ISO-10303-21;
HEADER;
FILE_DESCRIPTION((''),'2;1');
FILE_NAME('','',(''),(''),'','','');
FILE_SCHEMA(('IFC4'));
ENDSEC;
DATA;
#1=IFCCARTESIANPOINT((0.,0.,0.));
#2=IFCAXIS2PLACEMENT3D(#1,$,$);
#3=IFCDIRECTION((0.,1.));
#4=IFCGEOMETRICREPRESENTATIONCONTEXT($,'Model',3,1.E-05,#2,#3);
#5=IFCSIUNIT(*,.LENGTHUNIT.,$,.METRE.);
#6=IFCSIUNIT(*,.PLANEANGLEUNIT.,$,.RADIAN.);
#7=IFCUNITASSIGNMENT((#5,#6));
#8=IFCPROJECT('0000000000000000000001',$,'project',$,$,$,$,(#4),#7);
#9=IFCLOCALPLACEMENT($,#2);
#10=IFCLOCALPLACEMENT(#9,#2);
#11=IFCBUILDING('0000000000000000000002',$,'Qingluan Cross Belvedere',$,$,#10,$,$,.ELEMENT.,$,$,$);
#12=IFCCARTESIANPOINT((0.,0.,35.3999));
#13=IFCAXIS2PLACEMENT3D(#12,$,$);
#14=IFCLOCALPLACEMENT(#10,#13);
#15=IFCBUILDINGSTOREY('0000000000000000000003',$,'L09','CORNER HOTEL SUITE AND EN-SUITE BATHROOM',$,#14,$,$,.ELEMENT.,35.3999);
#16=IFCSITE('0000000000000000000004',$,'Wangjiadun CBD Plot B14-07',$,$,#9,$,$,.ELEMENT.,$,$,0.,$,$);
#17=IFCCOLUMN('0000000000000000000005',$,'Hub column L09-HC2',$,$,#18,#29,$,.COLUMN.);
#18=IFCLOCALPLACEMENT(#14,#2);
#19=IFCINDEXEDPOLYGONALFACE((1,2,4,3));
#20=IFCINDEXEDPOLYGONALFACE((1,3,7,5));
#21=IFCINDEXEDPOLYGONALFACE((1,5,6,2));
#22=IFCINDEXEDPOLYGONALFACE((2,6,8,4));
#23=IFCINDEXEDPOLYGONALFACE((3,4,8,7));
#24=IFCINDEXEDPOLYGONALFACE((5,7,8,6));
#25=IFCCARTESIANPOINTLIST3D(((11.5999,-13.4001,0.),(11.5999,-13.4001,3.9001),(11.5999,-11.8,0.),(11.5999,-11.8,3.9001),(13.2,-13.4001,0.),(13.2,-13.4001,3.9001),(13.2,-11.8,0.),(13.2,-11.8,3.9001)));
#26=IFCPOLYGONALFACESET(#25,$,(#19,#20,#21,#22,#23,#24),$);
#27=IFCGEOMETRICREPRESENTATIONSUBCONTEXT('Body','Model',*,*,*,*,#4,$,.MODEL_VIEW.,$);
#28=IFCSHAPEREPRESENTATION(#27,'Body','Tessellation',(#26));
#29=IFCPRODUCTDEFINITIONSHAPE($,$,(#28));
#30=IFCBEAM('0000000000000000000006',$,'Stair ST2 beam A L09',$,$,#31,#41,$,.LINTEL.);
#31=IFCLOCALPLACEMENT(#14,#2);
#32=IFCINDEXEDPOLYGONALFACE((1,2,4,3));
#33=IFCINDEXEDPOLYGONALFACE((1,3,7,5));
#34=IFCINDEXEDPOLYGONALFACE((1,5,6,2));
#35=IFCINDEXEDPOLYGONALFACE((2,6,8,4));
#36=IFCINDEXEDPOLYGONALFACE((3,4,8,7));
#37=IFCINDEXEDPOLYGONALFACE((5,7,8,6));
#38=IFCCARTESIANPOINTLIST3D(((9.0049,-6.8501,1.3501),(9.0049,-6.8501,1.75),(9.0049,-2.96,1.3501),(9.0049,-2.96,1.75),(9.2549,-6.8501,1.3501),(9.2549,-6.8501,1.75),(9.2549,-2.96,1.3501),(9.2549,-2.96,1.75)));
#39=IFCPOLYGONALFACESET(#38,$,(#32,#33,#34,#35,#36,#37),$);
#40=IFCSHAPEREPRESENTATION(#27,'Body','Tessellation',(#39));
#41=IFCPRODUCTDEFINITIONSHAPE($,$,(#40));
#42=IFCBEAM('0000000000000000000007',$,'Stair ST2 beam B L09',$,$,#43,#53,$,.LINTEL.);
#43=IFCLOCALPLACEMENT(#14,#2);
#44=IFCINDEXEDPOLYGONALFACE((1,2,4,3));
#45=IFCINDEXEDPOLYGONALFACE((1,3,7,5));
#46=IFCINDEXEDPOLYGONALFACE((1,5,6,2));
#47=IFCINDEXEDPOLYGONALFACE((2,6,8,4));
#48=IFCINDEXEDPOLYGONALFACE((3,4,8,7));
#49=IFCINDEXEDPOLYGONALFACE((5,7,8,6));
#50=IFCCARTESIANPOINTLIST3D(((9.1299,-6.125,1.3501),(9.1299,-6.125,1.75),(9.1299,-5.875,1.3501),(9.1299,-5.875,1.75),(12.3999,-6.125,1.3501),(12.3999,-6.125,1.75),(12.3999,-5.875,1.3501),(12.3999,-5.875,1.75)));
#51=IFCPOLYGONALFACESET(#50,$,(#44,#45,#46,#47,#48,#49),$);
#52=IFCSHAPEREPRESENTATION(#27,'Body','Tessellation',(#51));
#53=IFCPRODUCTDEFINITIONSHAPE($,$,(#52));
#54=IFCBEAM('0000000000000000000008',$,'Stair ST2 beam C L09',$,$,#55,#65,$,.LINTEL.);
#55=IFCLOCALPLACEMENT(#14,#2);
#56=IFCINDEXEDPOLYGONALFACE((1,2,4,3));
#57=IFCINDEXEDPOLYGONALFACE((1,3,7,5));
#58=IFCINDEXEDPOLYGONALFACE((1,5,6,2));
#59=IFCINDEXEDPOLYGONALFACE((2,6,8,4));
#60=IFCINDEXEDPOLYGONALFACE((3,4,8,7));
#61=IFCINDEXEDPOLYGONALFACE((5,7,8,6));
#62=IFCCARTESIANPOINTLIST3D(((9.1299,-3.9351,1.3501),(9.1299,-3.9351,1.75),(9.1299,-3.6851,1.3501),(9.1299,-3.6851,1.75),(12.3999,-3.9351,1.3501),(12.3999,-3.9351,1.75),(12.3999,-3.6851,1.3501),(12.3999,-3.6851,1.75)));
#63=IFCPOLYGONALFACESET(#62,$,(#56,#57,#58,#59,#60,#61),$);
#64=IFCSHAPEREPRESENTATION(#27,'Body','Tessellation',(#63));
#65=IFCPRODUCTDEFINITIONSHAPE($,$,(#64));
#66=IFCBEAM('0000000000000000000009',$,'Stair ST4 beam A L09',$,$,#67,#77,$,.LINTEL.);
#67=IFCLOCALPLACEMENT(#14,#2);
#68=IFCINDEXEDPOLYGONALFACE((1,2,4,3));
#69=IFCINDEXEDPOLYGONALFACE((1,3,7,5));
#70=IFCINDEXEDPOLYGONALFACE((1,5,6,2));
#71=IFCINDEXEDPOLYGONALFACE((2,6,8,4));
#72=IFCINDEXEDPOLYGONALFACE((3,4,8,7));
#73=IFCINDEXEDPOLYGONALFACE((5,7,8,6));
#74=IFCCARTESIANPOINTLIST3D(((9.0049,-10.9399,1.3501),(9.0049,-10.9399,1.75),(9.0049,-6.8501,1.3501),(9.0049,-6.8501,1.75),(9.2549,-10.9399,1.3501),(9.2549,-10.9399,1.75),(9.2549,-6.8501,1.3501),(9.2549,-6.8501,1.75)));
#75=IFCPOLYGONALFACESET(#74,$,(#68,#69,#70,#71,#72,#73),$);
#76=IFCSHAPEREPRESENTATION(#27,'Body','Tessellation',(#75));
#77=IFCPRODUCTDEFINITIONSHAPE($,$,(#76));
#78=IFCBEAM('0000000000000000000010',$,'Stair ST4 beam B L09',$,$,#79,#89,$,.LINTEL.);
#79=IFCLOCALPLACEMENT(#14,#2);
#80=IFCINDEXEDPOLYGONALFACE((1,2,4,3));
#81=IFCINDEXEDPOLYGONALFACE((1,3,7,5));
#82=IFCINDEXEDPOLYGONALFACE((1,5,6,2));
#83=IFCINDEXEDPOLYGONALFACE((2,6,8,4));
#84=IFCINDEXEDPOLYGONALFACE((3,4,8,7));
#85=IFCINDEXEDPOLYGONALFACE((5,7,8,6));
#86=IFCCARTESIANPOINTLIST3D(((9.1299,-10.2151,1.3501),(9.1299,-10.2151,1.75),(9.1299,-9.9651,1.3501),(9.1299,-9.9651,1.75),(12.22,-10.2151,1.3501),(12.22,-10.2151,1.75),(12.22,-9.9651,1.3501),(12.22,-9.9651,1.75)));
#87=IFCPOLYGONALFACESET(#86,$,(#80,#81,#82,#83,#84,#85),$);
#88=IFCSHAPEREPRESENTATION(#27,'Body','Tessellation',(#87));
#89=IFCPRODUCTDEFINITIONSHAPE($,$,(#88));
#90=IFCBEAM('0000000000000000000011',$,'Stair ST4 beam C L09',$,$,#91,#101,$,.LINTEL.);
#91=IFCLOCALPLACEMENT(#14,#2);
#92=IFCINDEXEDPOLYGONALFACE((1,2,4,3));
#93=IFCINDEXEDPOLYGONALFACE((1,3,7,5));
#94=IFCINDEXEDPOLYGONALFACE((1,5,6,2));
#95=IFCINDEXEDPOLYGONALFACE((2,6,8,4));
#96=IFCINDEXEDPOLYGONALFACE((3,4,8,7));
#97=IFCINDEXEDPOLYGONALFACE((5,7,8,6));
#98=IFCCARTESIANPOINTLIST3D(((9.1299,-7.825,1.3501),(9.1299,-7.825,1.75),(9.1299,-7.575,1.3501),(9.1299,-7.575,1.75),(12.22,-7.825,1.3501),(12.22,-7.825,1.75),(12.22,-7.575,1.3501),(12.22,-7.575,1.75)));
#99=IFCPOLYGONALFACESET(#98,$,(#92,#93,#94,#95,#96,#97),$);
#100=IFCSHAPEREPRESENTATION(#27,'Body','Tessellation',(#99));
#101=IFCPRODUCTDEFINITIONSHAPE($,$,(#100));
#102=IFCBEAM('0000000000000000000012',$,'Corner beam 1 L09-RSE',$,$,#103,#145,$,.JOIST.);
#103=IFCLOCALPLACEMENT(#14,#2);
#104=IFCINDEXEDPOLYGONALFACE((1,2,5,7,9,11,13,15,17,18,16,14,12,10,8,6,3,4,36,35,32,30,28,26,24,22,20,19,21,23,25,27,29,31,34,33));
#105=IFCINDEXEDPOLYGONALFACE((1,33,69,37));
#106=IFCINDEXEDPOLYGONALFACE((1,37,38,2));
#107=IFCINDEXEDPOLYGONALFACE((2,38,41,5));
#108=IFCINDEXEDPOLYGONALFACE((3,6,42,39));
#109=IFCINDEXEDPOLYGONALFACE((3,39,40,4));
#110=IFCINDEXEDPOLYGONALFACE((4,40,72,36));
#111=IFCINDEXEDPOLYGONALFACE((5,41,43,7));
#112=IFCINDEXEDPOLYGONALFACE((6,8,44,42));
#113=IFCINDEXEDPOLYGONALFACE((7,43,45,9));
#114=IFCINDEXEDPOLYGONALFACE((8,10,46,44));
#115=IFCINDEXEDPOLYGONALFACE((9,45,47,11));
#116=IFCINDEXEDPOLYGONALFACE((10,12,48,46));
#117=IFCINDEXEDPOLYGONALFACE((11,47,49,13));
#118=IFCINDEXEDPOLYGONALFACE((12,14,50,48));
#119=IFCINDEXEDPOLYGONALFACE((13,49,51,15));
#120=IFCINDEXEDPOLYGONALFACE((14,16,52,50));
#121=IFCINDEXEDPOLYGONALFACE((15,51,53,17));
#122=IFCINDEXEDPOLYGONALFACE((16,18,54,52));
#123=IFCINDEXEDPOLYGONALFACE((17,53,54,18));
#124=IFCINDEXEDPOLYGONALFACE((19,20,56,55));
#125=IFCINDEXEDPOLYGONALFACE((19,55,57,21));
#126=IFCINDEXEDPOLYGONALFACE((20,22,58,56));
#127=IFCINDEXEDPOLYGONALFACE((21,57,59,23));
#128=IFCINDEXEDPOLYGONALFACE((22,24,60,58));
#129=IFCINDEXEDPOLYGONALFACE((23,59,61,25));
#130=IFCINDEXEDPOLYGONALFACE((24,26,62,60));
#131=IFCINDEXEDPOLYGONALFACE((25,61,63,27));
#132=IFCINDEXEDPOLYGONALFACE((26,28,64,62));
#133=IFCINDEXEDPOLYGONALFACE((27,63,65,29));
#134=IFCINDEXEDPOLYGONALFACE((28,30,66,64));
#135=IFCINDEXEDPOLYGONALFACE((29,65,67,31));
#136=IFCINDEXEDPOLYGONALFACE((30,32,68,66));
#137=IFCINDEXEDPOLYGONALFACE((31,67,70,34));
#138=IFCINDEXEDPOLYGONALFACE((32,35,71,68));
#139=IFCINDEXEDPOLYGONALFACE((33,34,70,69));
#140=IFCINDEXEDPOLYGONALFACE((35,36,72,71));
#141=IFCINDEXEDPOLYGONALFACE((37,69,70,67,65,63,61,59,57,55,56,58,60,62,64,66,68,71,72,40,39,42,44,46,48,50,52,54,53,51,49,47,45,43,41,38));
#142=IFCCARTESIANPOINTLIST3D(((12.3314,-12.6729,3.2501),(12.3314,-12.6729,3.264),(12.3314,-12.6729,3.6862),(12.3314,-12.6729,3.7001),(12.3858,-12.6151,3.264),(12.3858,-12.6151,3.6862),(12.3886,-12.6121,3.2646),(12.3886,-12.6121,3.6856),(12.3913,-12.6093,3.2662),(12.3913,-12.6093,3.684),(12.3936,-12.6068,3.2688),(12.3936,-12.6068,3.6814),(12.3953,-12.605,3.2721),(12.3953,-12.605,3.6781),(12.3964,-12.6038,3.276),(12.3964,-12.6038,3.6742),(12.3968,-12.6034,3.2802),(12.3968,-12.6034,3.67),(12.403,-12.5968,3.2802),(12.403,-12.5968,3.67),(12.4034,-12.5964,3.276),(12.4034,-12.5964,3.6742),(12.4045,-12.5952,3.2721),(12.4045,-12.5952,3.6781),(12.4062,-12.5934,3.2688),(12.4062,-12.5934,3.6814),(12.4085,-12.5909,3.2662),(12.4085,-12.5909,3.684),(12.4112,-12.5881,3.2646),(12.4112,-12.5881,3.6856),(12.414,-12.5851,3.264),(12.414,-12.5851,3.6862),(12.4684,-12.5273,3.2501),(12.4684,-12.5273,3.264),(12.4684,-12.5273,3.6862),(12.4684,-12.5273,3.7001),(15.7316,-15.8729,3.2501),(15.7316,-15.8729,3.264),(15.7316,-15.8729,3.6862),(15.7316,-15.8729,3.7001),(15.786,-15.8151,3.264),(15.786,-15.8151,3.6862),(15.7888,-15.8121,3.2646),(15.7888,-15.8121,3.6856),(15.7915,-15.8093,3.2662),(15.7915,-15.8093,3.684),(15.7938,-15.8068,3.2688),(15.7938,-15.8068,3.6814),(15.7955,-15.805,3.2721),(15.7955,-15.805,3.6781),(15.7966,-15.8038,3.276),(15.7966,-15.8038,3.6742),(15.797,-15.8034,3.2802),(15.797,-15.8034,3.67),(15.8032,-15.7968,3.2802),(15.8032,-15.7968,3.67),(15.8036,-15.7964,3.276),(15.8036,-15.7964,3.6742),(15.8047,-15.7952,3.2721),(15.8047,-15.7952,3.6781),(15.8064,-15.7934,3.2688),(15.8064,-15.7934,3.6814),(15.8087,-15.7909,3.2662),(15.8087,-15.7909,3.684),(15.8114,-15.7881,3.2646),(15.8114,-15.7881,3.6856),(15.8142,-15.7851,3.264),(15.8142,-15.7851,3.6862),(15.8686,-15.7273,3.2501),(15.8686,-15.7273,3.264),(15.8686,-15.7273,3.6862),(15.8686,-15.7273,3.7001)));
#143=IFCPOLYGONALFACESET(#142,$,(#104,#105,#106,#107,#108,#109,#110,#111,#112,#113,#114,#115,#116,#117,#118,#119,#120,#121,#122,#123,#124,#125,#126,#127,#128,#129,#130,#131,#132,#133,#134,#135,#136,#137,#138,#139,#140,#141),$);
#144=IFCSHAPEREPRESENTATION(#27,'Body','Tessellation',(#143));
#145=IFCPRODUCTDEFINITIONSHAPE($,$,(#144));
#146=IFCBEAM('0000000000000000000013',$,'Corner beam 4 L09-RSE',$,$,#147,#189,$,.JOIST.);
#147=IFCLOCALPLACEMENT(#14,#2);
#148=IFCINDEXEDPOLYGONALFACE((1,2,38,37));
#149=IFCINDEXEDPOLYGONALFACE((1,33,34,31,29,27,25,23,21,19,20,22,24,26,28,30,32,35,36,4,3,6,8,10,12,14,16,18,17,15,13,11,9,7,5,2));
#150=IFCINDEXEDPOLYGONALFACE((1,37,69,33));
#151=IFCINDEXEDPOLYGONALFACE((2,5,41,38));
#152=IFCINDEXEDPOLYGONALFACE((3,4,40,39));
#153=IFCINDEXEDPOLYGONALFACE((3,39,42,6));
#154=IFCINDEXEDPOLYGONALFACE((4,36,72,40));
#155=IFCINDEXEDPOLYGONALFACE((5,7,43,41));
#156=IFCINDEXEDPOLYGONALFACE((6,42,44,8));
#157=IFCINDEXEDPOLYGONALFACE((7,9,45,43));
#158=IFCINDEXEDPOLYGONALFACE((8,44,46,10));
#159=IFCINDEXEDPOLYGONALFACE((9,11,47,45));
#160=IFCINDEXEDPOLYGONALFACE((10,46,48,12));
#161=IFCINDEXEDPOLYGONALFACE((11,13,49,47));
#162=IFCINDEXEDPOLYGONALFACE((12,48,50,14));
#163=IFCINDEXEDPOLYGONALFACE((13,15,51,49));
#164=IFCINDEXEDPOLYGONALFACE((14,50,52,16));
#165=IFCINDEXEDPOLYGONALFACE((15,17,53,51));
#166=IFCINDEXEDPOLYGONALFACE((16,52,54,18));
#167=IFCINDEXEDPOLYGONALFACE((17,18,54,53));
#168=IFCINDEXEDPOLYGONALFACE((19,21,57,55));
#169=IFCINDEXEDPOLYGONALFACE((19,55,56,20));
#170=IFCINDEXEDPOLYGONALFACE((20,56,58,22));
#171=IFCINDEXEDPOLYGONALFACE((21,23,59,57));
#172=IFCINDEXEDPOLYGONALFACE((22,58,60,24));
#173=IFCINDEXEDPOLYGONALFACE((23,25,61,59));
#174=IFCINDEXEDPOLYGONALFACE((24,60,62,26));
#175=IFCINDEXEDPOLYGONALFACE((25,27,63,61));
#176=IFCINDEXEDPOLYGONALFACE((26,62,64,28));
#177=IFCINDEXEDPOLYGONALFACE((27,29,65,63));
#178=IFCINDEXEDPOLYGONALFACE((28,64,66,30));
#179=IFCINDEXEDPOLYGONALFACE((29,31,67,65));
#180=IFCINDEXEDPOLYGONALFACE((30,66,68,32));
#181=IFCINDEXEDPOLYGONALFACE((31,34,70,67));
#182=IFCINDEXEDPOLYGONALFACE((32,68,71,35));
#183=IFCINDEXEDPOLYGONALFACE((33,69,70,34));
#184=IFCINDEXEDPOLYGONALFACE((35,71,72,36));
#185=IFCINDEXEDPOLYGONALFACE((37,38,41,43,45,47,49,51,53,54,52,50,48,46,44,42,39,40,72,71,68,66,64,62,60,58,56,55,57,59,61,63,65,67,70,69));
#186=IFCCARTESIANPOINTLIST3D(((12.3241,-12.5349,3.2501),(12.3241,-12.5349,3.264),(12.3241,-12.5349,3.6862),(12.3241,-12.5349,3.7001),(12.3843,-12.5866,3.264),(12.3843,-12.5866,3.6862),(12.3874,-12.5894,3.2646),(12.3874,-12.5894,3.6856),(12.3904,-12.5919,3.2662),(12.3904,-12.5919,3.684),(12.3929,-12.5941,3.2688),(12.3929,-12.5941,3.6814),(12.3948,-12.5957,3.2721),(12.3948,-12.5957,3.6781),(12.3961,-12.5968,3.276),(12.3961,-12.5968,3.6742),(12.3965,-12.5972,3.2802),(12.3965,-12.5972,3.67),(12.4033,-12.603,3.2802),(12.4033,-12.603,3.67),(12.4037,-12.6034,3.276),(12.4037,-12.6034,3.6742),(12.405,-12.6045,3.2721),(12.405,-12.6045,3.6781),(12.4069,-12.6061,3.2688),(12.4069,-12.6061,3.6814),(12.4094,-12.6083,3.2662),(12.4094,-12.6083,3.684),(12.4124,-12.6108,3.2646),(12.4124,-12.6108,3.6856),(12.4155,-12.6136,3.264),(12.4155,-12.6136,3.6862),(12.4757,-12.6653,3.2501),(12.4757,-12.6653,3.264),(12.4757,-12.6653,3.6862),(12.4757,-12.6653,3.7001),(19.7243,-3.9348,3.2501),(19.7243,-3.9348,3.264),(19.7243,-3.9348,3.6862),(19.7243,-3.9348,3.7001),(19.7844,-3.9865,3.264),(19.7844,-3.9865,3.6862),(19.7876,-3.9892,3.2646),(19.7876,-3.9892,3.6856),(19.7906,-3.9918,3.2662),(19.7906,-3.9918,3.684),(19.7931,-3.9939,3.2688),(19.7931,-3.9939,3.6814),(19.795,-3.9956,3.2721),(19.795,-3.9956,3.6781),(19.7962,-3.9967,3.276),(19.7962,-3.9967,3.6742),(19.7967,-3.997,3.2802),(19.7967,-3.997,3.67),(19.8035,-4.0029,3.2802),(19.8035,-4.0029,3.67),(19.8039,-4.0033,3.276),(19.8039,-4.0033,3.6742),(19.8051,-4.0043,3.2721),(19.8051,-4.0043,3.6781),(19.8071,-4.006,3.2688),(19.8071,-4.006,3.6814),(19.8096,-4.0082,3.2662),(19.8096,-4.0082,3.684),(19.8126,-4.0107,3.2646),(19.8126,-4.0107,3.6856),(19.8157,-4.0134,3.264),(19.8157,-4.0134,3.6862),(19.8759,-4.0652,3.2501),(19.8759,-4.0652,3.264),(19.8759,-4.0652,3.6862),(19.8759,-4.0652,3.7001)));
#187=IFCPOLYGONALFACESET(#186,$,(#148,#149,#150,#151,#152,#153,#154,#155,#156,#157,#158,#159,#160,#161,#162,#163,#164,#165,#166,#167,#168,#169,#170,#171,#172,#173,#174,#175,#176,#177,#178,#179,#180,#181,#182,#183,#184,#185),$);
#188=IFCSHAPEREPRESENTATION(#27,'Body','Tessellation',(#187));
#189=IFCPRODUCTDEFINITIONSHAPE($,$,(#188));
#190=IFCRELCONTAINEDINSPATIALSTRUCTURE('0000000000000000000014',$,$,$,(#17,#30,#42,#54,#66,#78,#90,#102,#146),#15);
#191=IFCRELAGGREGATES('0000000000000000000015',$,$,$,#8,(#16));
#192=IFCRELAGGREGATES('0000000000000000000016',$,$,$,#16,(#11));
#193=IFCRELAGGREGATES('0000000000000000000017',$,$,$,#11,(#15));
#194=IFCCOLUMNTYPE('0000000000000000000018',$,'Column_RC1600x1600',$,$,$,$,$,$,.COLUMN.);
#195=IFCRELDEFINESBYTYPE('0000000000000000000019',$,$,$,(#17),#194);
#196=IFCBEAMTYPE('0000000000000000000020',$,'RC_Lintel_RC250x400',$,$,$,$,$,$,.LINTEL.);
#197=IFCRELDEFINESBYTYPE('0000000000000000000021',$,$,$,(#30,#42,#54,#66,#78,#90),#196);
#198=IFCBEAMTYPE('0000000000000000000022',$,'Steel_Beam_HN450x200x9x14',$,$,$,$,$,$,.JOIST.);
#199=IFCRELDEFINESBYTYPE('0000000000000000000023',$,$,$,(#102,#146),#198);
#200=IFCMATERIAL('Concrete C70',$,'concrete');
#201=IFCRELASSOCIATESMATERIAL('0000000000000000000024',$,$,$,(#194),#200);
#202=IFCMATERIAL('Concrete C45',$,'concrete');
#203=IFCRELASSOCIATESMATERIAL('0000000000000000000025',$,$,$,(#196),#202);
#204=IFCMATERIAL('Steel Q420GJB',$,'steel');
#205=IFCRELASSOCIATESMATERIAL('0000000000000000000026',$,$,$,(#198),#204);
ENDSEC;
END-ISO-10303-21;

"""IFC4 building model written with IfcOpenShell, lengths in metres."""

from ifc_helpers import new_model, si_unit, direction, frame, origin, origin_2d, place, context, subcontext, project, spatial, rectangle, i_section, extrude, material, material_profile, profile_set, type_object, element, save


model = new_model("IFC4")

# Units and contexts
model_context = context("Model", 3, precision=1e-05, world=origin(), true_north=direction((0.0, 1.0)))
body_context = subcontext(model_context, "Body", "Model", "MODEL_VIEW")
ifc_project = project(units=[si_unit("LENGTHUNIT", "METRE"), si_unit("PLANEANGLEUNIT", "RADIAN")], contexts=[model_context])

# Site, building, storey
site_placement = place(None, origin())
site = spatial("IfcSite", under=ifc_project, at=site_placement, Name="Wangjiadun CBD Plot B14-07", CompositionType="ELEMENT", RefElevation=0.0)
building_placement = place(site_placement, origin())
building = spatial("IfcBuilding", under=site, at=building_placement, Name="Qingluan Cross Belvedere", CompositionType="ELEMENT")
storey_placement = place(building_placement, frame((0.0, 0.0, 35.3999)))
storey = spatial("IfcBuildingStorey", under=building, at=storey_placement, Name="L09", Description="CORNER HOTEL SUITE AND EN-SUITE BATHROOM", CompositionType="ELEMENT", Elevation=35.3999)

# Column
ifc_material_1 = material(Name="Concrete C70", Category="concrete")
ifc_material_profile_1 = material_profile(ifc_material_1, rectangle(XDim=1.6001, YDim=1.6001, at=origin_2d()), Name="RC1600x1600")
ifc_profile_set_1 = profile_set([ifc_material_profile_1], Name="Concrete C70")
column_type = type_object("IfcColumnType", Name="Column_RC1600x1600", PredefinedType="COLUMN", material=ifc_profile_set_1)
column_placement = place(storey_placement, frame((12.3999, -12.6001, 0.0), z_axis=(0.0, 0.0, 1.0), x_axis=(1.0, 0.0, 0.0)))
element("IfcColumn", 1, at=column_placement, inside=storey, type_object=column_type, Name="Hub column L09-HC2", PredefinedType="COLUMN", context=body_context, shape_type="SweptSolid", body=[
    extrude(rectangle(XDim=1.6001, YDim=1.6001, at=origin_2d()), origin(), (0.0, 0.0, 1.0), 3.9001),
])

# Beams
ifc_material_2 = material(Name="Concrete C45", Category="concrete")
ifc_material_profile_2 = material_profile(ifc_material_2, rectangle(XDim=0.25, YDim=0.3999, at=origin_2d()), Name="RC250x400")
ifc_profile_set_2 = profile_set([ifc_material_profile_2], Name="Concrete C45")
beam_type_1 = type_object("IfcBeamType", Name="RC_Lintel_RC250x400", PredefinedType="LINTEL", material=ifc_profile_set_2)
beam_1_placement = place(storey_placement, frame((9.1299, -6.8501, 1.55), z_axis=(0.0, 1.0, 0.0), x_axis=(-1.0, 0.0, 0.0)))
element("IfcBeam", 2, at=beam_1_placement, inside=storey, type_object=beam_type_1, Name="Stair ST2 beam A L09", PredefinedType="LINTEL", context=body_context, shape_type="SweptSolid", body=[
    extrude(rectangle(XDim=0.25, YDim=0.3999, at=origin_2d()), origin(), (0.0, 0.0, 1.0), 3.8901),
])
for number, where, z_axis, x_axis, name in (
    (3, (12.3999, -6.0, 1.55), (-1.0, 0.0, 0.0), (0.0, -1.0, 0.0), "Stair ST2 beam B L09"),
    (4, (12.3999, -3.8101, 1.55), (-1.0, 0.0, 0.0), (0.0, -1.0, 0.0), "Stair ST2 beam C L09"),
):
    element("IfcBeam", number, at=place(storey_placement, frame(where, z_axis=z_axis, x_axis=x_axis)), inside=storey, type_object=beam_type_1, Name=name, PredefinedType="LINTEL", context=body_context, shape_type="SweptSolid", body=[
        extrude(rectangle(XDim=0.25, YDim=0.3999, at=origin_2d()), origin(), (0.0, 0.0, 1.0), 3.27),
    ])
beam_2_placement = place(storey_placement, frame((9.1299, -10.9399, 1.55), z_axis=(0.0, 1.0, 0.0), x_axis=(-1.0, 0.0, 0.0)))
element("IfcBeam", 5, at=beam_2_placement, inside=storey, type_object=beam_type_1, Name="Stair ST4 beam A L09", PredefinedType="LINTEL", context=body_context, shape_type="SweptSolid", body=[
    extrude(rectangle(XDim=0.25, YDim=0.3999, at=origin_2d()), origin(), (0.0, 0.0, 1.0), 4.0898),
])
for number, where, z_axis, x_axis, name in (
    (6, (12.22, -10.0901, 1.55), (-1.0, 0.0, 0.0), (0.0, -1.0, 0.0), "Stair ST4 beam B L09"),
    (7, (12.22, -7.7, 1.55), (-1.0, 0.0, 0.0), (0.0, -1.0, 0.0), "Stair ST4 beam C L09"),
):
    element("IfcBeam", number, at=place(storey_placement, frame(where, z_axis=z_axis, x_axis=x_axis)), inside=storey, type_object=beam_type_1, Name=name, PredefinedType="LINTEL", context=body_context, shape_type="SweptSolid", body=[
        extrude(rectangle(XDim=0.25, YDim=0.3999, at=origin_2d()), origin(), (0.0, 0.0, 1.0), 3.0901),
    ])
ifc_material_3 = material(Name="Steel Q420GJB", Category="steel")
ifc_material_profile_3 = material_profile(ifc_material_3, i_section(OverallWidth=0.2, OverallDepth=0.45, WebThickness=0.009, FlangeThickness=0.0139, FilletRadius=0.0161, at=origin_2d()), Name="HN450x200x9x14")
ifc_profile_set_3 = profile_set([ifc_material_profile_3], Name="Steel Q420GJB")
beam_type_2 = type_object("IfcBeamType", Name="Steel_Beam_HN450x200x9x14", PredefinedType="JOIST", material=ifc_profile_set_3)
beam_3_placement = place(storey_placement, frame((12.3999, -12.6001, 3.4751), z_axis=(0.72822, -0.685343, 0.0), x_axis=(0.685343, 0.72822, 0.0)))
element("IfcBeam", 8, at=beam_3_placement, inside=storey, type_object=beam_type_2, Name="Corner beam 1 L09-RSE", PredefinedType="JOIST", context=body_context, shape_type="SweptSolid", body=[
    extrude(i_section(OverallWidth=0.2, OverallDepth=0.45, WebThickness=0.009, FlangeThickness=0.0139, FilletRadius=0.0161, at=origin_2d()), origin(), (0.0, 0.0, 1.0), 4.6692),
])
beam_4_placement = place(storey_placement, frame((12.3999, -12.6001, 3.4751), z_axis=(0.652245, 0.758008, 0.0), x_axis=(-0.758008, 0.652245, 0.0)))
element("IfcBeam", 9, at=beam_4_placement, inside=storey, type_object=beam_type_2, Name="Corner beam 4 L09-RSE", PredefinedType="JOIST", context=body_context, shape_type="SweptSolid", body=[
    extrude(i_section(OverallWidth=0.2, OverallDepth=0.45, WebThickness=0.009, FlangeThickness=0.0139, FilletRadius=0.0161, at=origin_2d()), origin(), (0.0, 0.0, 1.0), 11.3457),
])

save(model, "model.ifc")
